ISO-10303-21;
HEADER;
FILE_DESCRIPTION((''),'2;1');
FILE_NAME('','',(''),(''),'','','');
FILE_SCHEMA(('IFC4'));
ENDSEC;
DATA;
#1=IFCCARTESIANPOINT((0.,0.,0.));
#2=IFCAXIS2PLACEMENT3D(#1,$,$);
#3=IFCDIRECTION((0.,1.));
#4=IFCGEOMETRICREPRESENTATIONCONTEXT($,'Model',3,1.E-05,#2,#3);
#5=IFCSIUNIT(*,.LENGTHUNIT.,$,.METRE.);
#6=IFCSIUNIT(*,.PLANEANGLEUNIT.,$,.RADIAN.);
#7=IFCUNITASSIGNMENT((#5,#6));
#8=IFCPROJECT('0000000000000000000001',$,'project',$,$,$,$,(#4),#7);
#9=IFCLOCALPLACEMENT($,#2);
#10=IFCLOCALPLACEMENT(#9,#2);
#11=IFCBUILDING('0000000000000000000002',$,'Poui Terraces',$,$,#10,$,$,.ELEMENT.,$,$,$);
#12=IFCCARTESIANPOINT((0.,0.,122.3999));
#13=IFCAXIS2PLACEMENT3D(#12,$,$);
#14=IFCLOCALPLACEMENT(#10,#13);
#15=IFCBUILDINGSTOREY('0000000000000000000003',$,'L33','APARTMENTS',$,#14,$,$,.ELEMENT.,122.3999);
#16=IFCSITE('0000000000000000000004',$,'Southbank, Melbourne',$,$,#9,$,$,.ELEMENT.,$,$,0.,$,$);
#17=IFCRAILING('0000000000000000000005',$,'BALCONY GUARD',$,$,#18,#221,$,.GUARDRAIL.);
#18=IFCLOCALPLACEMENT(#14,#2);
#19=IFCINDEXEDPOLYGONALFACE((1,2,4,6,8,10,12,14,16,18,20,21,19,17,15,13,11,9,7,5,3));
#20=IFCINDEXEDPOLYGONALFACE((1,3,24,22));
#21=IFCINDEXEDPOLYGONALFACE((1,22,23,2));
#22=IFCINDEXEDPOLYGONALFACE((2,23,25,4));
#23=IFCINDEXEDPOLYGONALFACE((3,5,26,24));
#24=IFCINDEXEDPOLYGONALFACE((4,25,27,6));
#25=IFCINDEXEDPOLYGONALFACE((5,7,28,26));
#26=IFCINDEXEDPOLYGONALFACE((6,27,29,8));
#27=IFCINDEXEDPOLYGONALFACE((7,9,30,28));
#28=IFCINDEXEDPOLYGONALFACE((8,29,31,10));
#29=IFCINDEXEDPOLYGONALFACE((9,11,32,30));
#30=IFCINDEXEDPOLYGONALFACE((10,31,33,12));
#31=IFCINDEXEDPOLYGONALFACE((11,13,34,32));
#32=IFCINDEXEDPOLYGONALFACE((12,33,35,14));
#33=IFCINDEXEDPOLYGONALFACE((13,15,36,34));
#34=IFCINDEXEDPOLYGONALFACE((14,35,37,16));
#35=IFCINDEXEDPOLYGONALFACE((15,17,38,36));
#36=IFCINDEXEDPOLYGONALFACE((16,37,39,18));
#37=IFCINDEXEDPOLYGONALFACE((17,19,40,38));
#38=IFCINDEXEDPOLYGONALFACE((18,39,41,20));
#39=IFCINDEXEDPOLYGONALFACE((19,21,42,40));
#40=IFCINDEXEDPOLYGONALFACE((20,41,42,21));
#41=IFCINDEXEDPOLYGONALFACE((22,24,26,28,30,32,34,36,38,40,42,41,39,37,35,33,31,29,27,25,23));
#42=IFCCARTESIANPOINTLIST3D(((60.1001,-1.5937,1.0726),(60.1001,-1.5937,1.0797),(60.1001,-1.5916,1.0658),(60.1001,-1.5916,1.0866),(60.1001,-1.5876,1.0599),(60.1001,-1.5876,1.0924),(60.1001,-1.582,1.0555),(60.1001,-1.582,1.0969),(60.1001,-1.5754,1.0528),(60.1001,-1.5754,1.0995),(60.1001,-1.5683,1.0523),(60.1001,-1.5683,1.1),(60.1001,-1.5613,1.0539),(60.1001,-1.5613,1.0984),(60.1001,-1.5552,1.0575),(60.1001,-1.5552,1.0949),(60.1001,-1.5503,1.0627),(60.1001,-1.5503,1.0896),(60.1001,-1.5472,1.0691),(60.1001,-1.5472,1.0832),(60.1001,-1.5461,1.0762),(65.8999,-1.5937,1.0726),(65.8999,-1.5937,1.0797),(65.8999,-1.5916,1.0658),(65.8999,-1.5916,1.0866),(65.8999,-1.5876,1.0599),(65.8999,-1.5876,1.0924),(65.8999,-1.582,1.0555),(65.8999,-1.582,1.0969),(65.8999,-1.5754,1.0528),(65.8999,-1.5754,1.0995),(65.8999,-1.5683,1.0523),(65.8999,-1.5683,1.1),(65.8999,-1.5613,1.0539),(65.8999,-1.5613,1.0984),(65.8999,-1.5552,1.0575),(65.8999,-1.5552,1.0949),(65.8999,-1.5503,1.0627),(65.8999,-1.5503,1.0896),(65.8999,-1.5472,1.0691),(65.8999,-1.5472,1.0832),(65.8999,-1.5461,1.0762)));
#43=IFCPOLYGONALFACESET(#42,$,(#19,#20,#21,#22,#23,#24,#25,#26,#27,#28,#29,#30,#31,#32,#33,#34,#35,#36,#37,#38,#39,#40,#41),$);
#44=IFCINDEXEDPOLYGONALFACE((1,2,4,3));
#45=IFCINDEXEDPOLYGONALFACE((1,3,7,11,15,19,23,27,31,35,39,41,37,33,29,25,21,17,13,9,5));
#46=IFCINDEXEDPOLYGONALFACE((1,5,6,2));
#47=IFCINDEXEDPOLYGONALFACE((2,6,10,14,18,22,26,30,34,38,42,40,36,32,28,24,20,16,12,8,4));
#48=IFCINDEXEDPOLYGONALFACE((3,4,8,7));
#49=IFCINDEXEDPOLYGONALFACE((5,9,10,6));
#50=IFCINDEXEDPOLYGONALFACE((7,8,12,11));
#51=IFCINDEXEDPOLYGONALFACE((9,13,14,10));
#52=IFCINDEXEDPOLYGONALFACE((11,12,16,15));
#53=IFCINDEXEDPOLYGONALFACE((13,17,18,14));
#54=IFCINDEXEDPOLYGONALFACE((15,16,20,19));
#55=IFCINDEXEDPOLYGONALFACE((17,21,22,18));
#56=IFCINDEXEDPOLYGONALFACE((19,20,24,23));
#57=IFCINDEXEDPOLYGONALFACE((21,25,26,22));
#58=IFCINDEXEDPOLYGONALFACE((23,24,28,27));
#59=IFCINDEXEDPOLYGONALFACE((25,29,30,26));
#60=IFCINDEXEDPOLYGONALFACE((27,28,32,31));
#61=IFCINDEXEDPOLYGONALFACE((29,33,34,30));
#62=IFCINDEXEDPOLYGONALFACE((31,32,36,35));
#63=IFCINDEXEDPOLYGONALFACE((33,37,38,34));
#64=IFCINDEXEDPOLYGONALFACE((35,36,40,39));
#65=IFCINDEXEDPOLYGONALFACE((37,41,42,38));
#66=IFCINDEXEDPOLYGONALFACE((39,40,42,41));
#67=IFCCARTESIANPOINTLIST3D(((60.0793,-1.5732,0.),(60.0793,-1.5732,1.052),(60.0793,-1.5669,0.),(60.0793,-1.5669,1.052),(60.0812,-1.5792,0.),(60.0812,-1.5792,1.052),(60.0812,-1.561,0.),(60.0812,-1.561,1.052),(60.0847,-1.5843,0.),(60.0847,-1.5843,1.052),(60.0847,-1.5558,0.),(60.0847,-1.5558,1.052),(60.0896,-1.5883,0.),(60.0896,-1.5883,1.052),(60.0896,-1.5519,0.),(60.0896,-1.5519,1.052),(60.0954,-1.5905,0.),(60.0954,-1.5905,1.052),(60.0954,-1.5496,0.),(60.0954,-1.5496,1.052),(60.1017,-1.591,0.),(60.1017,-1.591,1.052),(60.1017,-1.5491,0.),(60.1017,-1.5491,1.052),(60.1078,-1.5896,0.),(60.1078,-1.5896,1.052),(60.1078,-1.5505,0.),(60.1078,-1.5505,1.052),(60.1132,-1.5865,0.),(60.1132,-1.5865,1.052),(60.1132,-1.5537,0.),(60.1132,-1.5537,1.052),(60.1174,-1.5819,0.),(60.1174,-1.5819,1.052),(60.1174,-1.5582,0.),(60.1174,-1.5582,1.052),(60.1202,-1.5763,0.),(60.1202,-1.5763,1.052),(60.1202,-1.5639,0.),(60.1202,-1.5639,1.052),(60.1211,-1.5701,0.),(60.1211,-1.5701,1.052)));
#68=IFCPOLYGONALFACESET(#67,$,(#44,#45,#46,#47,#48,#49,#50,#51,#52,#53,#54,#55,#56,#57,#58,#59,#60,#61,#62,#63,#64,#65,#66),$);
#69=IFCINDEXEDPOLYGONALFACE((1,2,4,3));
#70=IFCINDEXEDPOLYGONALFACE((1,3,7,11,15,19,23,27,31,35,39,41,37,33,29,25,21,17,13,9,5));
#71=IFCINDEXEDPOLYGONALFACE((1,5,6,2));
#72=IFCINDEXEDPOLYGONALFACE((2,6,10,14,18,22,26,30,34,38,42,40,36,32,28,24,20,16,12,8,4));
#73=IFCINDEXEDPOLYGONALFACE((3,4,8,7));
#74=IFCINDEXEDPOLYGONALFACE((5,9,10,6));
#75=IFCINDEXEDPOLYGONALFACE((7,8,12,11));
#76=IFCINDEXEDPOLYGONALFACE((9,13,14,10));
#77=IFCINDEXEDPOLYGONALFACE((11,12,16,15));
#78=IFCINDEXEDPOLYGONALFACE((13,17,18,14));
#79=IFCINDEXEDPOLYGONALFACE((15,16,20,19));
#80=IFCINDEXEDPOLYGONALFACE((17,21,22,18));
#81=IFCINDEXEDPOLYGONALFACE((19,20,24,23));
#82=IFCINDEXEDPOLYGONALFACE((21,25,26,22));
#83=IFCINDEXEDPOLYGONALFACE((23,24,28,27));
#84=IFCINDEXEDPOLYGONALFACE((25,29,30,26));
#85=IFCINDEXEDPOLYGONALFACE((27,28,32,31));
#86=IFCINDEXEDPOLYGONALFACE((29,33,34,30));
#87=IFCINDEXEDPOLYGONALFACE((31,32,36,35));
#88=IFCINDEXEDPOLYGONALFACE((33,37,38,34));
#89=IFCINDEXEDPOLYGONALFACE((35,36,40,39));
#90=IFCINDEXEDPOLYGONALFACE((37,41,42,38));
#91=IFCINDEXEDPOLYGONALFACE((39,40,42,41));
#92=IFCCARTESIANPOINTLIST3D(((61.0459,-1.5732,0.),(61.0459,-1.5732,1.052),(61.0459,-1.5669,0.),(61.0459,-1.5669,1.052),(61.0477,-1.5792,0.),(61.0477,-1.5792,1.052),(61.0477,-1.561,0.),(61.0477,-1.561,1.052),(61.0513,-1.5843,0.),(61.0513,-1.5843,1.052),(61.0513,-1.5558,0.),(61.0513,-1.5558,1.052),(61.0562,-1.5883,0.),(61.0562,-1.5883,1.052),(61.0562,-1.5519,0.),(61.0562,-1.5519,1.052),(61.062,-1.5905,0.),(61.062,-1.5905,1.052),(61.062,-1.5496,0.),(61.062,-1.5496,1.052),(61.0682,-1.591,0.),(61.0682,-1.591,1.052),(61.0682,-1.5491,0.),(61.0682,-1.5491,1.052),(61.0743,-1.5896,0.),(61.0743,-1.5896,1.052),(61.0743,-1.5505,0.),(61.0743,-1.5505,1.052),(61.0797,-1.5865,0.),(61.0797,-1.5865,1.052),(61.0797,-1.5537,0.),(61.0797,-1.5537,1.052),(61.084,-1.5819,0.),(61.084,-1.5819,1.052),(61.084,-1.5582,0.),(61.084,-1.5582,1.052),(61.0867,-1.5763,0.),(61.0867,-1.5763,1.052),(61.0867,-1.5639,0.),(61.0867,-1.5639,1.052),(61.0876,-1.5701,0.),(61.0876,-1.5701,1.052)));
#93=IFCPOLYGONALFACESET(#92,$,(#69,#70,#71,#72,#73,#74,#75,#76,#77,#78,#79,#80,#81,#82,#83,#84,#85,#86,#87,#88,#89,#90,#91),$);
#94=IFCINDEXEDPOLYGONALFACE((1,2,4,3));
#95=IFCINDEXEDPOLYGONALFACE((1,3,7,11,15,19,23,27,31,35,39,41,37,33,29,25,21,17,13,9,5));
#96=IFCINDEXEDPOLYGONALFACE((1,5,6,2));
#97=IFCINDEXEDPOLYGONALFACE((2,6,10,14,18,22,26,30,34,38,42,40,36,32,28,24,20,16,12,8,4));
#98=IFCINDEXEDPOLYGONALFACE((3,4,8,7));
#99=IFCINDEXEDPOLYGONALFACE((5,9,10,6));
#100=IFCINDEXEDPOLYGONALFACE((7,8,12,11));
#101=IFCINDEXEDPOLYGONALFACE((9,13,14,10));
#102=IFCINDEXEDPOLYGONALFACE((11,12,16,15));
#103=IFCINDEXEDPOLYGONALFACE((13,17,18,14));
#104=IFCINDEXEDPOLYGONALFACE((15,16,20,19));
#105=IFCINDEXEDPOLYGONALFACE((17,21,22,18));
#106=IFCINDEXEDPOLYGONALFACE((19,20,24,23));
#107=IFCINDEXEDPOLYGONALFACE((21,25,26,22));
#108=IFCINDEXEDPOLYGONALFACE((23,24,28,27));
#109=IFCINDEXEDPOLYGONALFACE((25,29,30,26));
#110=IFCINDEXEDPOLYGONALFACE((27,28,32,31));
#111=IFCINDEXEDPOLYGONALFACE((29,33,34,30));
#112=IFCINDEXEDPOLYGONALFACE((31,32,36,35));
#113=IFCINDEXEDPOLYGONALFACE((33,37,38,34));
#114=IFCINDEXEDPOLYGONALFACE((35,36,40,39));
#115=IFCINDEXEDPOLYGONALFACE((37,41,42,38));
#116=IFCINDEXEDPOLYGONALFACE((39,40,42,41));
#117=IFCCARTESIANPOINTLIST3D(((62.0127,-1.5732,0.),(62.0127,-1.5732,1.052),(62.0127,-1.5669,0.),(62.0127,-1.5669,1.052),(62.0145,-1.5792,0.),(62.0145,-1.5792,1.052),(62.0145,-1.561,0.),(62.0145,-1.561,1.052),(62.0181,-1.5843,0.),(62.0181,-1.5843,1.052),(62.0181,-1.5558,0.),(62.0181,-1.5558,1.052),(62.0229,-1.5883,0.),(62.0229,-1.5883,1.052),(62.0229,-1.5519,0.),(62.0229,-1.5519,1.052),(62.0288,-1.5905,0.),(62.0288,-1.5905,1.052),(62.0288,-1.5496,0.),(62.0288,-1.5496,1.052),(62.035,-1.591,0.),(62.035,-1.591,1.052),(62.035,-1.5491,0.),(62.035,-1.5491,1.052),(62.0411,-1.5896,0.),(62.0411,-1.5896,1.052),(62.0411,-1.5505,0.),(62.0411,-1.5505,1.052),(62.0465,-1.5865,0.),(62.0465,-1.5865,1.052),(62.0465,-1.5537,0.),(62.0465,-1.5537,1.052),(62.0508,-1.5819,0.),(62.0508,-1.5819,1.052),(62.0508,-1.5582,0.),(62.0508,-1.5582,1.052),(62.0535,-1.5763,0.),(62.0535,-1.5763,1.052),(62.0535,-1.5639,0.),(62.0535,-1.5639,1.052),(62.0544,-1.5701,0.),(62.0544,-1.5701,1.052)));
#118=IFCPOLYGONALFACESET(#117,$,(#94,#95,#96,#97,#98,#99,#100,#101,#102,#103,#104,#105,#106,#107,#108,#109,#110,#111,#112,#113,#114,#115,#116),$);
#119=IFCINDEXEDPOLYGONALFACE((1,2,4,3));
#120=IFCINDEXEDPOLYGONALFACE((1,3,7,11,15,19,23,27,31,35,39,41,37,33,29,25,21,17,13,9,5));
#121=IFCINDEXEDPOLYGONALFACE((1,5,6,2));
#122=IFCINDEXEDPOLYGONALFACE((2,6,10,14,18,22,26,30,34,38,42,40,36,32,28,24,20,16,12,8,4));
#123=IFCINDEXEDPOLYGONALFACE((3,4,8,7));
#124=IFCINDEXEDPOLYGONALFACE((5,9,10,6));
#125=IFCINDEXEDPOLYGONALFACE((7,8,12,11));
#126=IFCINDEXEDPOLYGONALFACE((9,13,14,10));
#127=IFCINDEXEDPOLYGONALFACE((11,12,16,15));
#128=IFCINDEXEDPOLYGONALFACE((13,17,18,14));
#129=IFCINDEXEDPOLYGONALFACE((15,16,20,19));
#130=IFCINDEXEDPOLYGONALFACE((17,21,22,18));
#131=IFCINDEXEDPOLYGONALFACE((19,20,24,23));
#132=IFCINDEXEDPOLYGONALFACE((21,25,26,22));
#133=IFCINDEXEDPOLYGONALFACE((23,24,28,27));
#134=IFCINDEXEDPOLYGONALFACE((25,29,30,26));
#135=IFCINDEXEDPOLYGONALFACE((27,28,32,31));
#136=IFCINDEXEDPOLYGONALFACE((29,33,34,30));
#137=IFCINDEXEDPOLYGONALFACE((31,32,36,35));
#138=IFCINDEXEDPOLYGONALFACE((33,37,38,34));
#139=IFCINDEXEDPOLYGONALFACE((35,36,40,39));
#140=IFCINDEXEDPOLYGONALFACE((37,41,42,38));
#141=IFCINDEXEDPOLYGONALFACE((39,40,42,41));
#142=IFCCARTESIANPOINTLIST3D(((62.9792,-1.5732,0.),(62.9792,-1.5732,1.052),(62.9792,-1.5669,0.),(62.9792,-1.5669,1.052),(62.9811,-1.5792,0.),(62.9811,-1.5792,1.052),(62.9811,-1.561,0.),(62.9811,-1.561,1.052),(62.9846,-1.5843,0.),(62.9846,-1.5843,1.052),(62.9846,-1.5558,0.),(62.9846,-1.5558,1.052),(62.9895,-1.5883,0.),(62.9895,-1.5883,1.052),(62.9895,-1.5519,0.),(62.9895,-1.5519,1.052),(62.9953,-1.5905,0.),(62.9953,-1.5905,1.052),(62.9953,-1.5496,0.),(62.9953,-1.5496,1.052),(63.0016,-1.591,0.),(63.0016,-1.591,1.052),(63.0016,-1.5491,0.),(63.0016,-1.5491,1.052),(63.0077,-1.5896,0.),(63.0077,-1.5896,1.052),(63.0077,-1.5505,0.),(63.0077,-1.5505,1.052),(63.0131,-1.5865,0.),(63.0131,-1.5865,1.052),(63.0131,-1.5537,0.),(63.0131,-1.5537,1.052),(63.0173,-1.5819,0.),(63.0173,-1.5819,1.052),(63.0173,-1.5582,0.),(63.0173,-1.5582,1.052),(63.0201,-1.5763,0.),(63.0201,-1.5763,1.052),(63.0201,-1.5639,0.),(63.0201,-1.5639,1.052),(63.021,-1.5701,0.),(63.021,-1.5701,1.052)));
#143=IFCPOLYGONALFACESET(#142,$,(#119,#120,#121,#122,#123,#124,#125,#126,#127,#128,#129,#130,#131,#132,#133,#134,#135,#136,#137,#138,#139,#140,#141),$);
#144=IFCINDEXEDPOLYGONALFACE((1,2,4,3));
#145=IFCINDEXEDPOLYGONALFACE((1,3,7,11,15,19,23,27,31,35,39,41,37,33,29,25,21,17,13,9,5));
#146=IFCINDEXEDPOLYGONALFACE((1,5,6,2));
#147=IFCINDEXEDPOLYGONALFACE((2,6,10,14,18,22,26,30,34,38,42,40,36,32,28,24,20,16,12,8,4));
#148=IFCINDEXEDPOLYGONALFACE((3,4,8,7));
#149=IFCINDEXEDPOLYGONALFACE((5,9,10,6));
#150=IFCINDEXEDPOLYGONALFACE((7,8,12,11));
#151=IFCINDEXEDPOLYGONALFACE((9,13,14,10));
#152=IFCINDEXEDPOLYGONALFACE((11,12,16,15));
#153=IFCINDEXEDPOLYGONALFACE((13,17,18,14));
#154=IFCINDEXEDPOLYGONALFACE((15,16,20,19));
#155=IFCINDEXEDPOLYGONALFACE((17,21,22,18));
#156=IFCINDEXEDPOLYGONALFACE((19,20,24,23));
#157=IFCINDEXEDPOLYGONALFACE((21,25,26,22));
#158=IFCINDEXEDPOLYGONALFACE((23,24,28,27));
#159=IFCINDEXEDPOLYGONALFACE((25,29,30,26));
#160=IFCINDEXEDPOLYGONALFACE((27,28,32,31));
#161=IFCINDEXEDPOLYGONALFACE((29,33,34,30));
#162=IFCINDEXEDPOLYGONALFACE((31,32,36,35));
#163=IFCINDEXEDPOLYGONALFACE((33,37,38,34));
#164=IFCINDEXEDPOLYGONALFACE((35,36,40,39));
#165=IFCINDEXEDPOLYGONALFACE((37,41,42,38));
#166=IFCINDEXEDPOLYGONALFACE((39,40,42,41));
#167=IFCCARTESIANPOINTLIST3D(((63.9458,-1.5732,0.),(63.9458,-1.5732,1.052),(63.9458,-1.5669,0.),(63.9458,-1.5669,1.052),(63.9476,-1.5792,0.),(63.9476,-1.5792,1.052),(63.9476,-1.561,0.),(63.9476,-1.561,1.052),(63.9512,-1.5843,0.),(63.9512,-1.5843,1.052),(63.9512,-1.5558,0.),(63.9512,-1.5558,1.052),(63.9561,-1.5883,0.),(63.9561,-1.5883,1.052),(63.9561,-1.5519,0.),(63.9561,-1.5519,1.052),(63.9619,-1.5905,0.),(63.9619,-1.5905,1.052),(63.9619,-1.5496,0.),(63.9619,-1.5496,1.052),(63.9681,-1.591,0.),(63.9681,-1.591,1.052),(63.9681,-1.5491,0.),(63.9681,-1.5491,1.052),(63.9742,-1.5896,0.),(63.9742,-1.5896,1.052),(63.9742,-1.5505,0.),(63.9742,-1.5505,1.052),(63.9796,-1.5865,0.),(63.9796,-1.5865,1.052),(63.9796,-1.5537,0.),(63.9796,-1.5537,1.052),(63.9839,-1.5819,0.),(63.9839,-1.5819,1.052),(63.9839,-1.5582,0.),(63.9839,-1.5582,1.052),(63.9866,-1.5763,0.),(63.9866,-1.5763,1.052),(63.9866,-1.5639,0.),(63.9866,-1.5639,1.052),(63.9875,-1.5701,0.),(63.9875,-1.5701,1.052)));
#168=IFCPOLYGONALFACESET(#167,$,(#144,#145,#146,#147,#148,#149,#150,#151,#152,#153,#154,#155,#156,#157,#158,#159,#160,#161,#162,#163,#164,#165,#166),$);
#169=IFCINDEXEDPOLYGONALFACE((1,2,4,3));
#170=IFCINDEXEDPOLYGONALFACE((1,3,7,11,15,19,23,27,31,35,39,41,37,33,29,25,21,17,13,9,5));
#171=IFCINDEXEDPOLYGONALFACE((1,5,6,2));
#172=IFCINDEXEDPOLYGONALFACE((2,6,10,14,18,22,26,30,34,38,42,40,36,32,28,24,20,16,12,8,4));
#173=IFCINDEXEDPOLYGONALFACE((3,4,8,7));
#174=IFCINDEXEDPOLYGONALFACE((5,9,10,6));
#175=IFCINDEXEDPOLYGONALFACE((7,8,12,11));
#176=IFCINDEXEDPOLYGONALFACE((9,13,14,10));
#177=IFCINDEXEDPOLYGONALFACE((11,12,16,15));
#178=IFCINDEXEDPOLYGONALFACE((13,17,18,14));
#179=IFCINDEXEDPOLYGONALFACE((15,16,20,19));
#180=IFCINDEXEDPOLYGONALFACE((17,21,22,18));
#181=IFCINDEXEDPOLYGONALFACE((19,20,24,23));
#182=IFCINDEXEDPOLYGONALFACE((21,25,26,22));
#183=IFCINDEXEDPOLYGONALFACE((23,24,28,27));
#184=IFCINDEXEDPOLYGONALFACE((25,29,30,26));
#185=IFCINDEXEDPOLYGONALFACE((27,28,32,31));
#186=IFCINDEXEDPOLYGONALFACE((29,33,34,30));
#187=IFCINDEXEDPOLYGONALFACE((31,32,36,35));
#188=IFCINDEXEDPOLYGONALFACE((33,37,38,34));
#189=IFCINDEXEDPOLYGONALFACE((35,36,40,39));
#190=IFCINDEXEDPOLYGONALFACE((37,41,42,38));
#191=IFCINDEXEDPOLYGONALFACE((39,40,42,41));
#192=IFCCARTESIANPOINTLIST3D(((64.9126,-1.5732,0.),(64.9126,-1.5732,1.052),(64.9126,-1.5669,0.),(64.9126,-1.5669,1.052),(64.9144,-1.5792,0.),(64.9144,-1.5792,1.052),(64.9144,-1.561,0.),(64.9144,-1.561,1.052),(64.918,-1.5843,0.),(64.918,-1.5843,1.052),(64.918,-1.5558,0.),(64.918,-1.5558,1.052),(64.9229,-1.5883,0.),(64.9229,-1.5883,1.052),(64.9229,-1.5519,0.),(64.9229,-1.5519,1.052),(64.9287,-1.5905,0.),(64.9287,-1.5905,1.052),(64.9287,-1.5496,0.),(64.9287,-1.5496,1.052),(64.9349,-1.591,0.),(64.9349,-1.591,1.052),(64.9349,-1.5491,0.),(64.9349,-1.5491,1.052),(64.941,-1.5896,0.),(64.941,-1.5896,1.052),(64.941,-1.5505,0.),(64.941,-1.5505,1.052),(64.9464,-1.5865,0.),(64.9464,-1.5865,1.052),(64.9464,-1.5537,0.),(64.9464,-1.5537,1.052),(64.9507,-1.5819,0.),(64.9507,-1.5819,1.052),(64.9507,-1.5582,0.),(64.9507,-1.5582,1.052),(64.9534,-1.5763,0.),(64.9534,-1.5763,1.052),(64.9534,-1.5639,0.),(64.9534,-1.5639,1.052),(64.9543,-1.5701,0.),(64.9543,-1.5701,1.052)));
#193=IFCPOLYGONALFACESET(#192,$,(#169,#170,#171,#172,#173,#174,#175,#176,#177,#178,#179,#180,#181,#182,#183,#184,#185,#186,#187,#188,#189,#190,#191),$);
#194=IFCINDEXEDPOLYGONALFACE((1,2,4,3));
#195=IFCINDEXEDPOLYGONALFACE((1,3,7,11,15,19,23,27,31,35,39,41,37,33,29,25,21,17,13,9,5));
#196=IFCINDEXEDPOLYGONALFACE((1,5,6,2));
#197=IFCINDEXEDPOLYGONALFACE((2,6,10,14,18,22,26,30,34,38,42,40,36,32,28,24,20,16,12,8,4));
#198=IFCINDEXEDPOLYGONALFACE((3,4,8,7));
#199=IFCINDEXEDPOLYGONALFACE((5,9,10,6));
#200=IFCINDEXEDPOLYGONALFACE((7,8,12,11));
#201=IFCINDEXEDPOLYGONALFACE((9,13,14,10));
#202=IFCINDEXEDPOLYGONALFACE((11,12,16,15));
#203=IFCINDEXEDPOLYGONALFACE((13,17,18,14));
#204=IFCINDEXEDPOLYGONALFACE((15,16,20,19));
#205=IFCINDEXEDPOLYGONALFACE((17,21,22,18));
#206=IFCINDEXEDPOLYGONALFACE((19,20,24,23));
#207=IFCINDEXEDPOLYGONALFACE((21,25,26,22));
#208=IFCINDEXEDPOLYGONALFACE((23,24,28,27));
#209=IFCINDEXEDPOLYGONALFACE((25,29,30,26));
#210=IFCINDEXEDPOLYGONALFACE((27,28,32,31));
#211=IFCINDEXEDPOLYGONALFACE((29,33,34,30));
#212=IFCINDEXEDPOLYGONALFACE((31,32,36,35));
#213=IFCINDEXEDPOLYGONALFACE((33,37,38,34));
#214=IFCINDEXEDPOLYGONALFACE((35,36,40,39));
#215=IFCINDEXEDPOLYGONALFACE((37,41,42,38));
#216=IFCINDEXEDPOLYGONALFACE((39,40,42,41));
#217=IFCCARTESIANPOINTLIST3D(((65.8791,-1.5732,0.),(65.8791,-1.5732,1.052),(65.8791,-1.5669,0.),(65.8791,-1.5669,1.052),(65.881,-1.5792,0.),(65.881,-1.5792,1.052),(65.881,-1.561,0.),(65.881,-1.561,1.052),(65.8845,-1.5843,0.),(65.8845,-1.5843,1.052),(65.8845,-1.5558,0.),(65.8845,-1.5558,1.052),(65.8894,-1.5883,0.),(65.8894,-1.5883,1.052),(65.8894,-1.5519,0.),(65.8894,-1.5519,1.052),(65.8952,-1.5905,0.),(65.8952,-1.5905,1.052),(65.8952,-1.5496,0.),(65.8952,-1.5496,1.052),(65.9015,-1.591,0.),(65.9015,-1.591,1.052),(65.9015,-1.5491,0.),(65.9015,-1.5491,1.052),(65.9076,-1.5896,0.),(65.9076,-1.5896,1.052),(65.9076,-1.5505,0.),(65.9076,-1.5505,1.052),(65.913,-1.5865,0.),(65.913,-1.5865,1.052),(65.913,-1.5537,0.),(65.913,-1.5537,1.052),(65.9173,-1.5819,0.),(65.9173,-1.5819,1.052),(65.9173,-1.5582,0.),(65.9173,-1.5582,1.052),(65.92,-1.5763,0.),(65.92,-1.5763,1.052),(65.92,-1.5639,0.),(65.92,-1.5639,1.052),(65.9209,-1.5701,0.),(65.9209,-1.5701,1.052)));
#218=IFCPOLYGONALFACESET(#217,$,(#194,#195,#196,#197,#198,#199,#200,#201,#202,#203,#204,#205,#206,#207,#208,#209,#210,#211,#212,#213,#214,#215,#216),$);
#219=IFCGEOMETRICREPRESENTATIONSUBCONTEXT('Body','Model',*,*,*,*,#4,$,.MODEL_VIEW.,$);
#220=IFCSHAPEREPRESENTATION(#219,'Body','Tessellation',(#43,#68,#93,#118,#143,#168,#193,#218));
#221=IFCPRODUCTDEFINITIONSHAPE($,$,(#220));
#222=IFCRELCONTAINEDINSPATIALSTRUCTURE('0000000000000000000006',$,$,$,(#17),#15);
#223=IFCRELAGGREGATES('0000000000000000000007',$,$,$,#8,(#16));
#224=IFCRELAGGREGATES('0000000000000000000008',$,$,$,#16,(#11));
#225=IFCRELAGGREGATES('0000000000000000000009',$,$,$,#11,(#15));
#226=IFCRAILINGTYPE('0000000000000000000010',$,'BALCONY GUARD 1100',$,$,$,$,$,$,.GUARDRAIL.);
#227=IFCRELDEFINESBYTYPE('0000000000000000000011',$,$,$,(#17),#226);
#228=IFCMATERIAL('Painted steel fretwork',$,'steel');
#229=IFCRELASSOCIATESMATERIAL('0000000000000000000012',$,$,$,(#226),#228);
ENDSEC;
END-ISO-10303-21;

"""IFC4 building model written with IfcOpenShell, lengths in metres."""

from ifc_helpers import new_model, si_unit, direction, frame, origin, origin_2d, place, context, subcontext, project, spatial, circle, extrude, material, type_object, element, save


model = new_model("IFC4")

# Units and contexts
model_context = context("Model", 3, precision=1e-05, world=origin(), true_north=direction((0.0, 1.0)))
body_context = subcontext(model_context, "Body", "Model", "MODEL_VIEW")
ifc_project = project(units=[si_unit("LENGTHUNIT", "METRE"), si_unit("PLANEANGLEUNIT", "RADIAN")], contexts=[model_context])

# Site, building, storey
site_placement = place(None, origin())
site = spatial("IfcSite", under=ifc_project, at=site_placement, Name="Southbank, Melbourne", CompositionType="ELEMENT", RefElevation=0.0)
building_placement = place(site_placement, origin())
building = spatial("IfcBuilding", under=site, at=building_placement, Name="Poui Terraces", CompositionType="ELEMENT")
storey_placement = place(building_placement, frame((0.0, 0.0, 122.3999)))
storey = spatial("IfcBuildingStorey", under=building, at=storey_placement, Name="L33", Description="APARTMENTS", CompositionType="ELEMENT", Elevation=122.3999)

# Railing
ifc_material_1 = material(Name="Painted steel fretwork", Category="steel")
railing_type = type_object("IfcRailingType", Name="BALCONY GUARD 1100", PredefinedType="GUARDRAIL", material=ifc_material_1)
railing_placement = place(storey_placement, frame((60.1001, -1.5701, 0.0)))
element("IfcRailing", 1, at=railing_placement, inside=storey, type_object=railing_type, Name="BALCONY GUARD", PredefinedType="GUARDRAIL", context=body_context, shape_type="SweptSolid", body=[
    extrude(circle(Radius=0.0239, at=origin_2d()), frame((0.0, 0.0, 1.0762), z_axis=(1.0, 0.0, 0.0), x_axis=(0.0, 1.0, 0.0)), (0.0, 0.0, 1.0), 5.7998),
    extrude(circle(Radius=0.021, at=origin_2d()), origin(), (0.0, 0.0, 1.0), 1.052),
    extrude(circle(Radius=0.021, at=origin_2d()), frame((0.9666, 0.0, 0.0)), (0.0, 0.0, 1.0), 1.052),
    extrude(circle(Radius=0.021, at=origin_2d()), frame((1.9333, 0.0, 0.0)), (0.0, 0.0, 1.0), 1.052),
    extrude(circle(Radius=0.021, at=origin_2d()), frame((2.8999, 0.0, 0.0)), (0.0, 0.0, 1.0), 1.052),
    extrude(circle(Radius=0.021, at=origin_2d()), frame((3.8665, 0.0, 0.0)), (0.0, 0.0, 1.0), 1.052),
    extrude(circle(Radius=0.021, at=origin_2d()), frame((4.8333, 0.0, 0.0)), (0.0, 0.0, 1.0), 1.052),
    extrude(circle(Radius=0.021, at=origin_2d()), frame((5.7998, 0.0, 0.0)), (0.0, 0.0, 1.0), 1.052),
])

save(model, "model.ifc")
